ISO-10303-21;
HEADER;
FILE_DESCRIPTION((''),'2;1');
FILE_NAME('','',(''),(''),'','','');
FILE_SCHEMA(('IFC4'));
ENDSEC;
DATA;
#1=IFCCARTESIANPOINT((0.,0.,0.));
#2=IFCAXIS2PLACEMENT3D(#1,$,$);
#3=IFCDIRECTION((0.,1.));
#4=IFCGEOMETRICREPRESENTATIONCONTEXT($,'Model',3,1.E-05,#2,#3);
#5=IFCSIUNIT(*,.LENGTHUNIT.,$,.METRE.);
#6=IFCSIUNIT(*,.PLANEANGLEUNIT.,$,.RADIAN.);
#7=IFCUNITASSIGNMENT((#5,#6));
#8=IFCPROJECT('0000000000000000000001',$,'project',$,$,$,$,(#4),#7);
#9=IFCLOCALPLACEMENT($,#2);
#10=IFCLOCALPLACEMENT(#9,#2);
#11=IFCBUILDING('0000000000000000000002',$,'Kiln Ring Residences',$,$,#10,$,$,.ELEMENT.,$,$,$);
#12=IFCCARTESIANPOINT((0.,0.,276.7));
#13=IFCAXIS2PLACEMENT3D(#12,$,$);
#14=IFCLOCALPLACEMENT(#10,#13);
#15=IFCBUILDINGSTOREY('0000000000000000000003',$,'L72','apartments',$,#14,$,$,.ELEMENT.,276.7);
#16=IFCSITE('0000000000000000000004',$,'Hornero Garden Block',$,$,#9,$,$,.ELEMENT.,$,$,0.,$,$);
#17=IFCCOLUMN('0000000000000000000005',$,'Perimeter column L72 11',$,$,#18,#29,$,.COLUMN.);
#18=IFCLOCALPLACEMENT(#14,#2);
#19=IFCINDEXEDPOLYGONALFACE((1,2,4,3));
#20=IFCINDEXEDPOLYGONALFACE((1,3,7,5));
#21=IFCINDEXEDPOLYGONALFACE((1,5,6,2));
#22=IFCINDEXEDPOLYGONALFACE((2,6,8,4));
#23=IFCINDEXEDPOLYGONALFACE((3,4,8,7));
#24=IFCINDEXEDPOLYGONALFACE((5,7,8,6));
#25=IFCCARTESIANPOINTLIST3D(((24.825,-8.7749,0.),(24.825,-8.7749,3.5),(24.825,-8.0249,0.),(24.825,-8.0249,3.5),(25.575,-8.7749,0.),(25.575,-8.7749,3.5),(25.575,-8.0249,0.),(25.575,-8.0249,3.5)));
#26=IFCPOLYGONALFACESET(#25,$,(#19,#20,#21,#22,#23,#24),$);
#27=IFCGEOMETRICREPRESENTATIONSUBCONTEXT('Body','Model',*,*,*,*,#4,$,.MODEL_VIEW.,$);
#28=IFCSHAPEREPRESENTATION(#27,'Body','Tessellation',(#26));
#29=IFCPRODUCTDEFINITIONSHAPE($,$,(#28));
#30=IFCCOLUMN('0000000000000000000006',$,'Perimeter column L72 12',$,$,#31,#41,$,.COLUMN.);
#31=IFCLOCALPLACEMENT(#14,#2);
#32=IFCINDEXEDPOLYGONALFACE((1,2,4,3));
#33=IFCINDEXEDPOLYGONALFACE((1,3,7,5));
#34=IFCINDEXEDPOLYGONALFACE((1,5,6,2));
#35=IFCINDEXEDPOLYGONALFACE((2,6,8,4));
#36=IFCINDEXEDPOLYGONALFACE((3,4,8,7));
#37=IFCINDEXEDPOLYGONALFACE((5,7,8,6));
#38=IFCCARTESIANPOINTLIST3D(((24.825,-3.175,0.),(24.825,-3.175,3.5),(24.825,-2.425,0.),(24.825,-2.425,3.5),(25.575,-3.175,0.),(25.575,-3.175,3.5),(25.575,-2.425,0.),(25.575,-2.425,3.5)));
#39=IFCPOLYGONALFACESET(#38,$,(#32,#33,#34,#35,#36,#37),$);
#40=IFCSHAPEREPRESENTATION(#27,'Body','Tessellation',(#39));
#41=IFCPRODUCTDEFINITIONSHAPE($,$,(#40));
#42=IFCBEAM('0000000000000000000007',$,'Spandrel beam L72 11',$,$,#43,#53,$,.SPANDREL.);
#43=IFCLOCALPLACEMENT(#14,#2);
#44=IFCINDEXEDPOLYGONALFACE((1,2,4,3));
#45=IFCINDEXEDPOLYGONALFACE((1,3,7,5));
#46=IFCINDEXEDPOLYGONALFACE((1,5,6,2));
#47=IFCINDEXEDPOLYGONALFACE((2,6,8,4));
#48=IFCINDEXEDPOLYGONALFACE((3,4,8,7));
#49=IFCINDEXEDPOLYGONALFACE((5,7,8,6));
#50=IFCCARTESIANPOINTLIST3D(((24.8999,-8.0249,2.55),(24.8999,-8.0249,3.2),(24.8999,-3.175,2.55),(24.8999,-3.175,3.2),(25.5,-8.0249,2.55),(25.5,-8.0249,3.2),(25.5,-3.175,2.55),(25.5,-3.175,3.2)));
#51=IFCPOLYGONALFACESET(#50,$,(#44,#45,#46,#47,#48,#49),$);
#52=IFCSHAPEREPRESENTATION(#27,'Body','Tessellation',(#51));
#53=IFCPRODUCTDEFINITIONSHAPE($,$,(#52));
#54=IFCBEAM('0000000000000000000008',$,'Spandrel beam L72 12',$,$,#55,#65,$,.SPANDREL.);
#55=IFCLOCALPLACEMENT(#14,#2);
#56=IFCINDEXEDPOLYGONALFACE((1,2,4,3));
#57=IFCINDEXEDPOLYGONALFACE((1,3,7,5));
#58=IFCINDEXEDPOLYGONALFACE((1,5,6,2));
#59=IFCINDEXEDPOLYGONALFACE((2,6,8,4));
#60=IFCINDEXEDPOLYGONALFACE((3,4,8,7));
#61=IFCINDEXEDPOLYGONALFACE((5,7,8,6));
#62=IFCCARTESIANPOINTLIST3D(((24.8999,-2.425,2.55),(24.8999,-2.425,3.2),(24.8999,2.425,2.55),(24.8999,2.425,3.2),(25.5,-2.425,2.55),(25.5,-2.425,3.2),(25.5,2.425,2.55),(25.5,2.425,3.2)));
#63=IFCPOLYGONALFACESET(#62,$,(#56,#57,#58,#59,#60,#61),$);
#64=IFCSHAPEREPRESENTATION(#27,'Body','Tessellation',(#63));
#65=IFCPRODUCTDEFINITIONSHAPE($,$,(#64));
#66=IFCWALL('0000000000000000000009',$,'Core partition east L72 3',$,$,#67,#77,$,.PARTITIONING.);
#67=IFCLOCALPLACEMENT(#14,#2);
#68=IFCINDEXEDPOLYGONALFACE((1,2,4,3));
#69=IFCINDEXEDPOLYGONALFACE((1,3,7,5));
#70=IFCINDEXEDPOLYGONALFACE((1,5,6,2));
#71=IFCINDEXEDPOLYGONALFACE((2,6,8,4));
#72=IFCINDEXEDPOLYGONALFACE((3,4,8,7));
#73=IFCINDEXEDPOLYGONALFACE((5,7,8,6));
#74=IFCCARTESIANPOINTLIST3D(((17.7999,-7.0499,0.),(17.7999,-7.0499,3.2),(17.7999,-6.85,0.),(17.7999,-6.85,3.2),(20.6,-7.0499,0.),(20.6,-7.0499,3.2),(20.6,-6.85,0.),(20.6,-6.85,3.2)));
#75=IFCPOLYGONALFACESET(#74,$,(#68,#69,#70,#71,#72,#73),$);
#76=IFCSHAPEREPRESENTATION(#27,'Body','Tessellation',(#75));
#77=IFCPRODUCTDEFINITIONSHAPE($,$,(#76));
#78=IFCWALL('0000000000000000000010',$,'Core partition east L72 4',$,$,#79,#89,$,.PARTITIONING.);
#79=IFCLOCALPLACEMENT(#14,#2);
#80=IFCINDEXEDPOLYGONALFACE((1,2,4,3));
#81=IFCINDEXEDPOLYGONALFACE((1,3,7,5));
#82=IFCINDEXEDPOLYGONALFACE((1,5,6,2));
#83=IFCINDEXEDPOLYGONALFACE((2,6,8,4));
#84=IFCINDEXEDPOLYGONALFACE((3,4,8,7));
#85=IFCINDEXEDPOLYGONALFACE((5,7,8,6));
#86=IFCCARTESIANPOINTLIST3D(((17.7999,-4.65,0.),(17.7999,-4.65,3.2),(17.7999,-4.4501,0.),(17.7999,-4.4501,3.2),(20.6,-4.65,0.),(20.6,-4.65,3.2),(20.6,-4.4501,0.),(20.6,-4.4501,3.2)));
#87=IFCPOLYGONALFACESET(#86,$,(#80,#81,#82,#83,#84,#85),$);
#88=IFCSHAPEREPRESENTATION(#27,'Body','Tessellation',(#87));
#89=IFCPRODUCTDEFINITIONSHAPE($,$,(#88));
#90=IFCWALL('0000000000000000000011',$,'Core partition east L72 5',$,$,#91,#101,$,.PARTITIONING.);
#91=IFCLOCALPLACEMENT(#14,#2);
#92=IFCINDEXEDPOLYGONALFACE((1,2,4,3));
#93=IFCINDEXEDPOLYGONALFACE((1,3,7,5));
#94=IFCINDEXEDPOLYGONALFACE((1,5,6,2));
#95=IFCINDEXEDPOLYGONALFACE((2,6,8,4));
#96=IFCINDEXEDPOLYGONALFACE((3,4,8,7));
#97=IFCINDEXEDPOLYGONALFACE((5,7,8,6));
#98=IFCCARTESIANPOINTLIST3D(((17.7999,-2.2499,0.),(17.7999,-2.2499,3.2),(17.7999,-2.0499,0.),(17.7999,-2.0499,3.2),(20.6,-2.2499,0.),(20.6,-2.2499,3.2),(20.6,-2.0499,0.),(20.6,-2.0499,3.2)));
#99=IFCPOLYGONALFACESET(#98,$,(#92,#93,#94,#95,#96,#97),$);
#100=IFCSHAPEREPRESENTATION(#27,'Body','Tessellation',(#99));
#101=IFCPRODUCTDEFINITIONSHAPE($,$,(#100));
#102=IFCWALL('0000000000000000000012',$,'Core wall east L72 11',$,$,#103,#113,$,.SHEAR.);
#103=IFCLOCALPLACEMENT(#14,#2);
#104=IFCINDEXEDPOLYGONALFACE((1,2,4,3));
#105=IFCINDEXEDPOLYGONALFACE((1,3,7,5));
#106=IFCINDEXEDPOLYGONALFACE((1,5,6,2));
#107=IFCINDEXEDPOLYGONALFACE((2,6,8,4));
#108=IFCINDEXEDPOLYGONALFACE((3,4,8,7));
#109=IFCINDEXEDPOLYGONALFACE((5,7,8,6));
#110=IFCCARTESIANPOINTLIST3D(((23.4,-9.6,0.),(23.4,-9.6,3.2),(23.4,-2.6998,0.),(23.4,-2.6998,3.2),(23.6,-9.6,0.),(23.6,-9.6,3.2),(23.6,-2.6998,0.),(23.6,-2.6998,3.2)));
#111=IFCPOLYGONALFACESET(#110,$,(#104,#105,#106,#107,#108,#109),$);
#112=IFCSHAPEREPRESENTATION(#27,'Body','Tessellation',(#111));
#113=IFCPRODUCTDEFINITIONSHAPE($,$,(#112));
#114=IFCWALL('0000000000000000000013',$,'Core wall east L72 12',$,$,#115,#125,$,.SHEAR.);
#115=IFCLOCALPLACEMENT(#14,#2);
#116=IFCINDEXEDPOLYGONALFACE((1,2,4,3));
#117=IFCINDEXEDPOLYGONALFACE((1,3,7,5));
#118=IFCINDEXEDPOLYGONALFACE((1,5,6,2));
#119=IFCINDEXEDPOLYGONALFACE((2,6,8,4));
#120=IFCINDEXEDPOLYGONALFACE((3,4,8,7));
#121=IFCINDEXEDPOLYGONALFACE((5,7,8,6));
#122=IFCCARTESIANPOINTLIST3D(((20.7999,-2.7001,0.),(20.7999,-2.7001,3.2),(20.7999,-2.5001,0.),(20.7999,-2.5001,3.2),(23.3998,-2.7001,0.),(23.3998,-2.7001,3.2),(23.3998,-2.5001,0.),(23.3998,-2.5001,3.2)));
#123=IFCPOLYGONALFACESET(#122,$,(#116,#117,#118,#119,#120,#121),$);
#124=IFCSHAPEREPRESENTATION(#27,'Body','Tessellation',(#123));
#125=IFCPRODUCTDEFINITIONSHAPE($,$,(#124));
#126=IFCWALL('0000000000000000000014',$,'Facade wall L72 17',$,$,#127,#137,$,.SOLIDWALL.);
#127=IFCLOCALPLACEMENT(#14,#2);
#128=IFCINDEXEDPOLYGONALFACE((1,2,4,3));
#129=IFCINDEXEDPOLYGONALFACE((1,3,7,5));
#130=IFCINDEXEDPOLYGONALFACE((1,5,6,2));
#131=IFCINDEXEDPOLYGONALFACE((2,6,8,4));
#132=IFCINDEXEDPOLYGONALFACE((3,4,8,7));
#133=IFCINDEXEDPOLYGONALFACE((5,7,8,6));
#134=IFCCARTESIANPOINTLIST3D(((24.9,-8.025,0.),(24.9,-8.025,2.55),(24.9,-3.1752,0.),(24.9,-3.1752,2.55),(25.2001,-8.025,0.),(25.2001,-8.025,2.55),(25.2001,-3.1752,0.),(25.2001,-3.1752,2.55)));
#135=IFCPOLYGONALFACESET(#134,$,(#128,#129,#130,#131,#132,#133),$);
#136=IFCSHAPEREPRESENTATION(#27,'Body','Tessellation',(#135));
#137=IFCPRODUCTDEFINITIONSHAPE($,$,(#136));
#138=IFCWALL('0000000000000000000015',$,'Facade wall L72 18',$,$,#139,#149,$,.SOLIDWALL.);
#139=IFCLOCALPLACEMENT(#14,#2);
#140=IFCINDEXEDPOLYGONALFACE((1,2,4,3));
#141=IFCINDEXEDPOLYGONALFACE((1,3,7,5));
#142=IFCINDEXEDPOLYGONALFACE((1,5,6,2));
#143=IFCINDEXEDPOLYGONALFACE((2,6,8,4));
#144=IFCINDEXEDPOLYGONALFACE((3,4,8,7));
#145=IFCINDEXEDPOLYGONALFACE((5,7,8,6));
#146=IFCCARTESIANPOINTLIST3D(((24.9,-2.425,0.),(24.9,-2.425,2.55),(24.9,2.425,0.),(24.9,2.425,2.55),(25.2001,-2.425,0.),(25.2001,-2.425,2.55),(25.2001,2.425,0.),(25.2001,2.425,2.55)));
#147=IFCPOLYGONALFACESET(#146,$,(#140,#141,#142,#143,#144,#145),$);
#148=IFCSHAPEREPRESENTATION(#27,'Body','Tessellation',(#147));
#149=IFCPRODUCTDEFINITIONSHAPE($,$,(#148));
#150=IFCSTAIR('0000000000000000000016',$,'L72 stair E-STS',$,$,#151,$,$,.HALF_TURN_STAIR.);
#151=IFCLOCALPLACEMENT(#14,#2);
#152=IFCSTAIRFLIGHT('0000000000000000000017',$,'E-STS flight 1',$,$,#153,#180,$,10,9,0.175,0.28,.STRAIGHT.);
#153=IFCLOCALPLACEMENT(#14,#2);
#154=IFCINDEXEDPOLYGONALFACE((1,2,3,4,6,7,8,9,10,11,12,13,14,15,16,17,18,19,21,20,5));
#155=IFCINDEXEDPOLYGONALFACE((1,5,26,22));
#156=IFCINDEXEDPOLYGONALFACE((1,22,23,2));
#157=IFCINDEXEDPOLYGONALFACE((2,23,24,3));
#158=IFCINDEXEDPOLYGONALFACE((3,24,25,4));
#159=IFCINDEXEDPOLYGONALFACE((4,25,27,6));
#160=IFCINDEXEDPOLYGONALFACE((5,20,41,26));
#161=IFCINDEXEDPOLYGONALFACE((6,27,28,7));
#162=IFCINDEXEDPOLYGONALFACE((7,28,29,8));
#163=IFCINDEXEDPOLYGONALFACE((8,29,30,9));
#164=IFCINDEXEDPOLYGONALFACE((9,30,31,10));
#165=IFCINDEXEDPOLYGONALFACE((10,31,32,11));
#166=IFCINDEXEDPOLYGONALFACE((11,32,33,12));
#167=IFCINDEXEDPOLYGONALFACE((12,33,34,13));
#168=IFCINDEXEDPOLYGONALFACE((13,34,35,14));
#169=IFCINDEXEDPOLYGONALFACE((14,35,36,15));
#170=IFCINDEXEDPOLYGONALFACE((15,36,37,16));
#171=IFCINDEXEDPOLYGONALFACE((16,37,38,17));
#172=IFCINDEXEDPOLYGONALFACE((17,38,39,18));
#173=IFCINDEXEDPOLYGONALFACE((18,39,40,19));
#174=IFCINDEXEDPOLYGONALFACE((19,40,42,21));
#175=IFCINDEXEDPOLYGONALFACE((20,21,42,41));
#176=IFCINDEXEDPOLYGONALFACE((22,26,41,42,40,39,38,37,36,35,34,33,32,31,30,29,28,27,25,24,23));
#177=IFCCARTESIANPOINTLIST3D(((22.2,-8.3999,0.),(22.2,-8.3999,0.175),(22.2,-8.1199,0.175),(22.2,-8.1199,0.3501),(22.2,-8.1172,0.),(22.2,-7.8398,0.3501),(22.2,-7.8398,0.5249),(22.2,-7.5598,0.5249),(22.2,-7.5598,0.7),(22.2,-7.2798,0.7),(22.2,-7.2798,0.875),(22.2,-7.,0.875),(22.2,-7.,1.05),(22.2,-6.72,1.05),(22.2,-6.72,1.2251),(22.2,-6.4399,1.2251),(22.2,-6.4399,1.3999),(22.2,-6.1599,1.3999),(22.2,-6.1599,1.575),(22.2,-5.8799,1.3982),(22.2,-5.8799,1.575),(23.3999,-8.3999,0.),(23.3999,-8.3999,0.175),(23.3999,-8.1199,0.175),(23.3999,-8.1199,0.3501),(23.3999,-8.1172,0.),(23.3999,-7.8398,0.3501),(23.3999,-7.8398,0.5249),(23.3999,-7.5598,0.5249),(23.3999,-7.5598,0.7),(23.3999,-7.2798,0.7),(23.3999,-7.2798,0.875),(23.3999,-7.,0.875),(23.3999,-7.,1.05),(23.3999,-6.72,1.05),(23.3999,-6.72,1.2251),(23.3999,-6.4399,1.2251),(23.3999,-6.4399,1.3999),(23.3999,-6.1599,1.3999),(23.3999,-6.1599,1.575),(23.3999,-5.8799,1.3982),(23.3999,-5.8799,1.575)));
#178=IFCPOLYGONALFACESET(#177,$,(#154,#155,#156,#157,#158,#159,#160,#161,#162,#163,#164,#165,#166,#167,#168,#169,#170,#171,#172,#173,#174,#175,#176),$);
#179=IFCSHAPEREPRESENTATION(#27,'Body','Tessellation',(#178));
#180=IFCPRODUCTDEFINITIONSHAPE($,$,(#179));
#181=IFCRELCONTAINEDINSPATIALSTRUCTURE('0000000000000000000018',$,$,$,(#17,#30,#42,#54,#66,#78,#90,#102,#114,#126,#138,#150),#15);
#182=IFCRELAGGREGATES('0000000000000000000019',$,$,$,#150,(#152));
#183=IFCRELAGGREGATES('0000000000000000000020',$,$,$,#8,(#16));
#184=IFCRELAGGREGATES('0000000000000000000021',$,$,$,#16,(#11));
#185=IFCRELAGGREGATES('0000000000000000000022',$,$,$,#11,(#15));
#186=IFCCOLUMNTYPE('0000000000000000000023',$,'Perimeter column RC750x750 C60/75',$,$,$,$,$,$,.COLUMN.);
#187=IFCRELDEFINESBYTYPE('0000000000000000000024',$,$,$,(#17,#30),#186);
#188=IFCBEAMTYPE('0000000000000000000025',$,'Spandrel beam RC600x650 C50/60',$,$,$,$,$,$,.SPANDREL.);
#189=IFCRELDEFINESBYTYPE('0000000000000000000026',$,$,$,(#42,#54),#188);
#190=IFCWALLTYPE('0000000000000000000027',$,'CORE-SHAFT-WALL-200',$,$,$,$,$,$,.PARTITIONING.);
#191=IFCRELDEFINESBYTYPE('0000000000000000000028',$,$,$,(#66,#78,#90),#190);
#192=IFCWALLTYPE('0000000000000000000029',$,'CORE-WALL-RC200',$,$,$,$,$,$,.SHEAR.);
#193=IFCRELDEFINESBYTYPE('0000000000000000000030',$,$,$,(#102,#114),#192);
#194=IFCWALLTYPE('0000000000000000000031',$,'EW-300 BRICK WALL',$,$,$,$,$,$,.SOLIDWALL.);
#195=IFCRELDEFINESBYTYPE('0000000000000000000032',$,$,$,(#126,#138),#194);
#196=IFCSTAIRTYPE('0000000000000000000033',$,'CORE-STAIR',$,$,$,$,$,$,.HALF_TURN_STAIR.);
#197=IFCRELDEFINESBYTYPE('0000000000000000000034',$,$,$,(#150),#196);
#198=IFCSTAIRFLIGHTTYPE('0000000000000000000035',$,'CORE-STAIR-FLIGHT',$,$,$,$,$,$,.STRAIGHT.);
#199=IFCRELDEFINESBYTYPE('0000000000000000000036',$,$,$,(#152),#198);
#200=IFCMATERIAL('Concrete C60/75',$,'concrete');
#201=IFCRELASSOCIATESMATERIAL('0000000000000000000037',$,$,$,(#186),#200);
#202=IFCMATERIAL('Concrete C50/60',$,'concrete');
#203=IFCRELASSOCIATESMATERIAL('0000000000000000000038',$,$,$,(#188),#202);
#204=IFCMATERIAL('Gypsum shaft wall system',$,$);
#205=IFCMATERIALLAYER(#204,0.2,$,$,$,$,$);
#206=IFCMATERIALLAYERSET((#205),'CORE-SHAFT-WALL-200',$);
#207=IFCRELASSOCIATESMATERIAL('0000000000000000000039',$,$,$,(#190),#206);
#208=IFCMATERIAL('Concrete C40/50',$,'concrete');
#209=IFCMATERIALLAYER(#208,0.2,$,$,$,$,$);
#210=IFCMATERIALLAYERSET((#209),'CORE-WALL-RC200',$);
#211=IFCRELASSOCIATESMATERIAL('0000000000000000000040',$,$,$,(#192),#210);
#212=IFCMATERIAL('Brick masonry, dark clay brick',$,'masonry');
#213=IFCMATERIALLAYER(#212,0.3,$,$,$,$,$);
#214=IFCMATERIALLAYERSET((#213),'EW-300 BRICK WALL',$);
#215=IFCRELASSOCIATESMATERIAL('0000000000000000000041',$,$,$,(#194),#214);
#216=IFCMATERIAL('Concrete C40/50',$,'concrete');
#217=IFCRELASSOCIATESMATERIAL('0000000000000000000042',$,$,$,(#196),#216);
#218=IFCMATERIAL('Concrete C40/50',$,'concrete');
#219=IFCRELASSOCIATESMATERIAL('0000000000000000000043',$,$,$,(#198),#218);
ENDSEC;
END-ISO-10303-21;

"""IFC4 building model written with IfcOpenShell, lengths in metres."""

from ifc_helpers import new_model, si_unit, direction, frame, frame_2d, origin, origin_2d, place, context, subcontext, project, spatial, polyline, rectangle, outline, extrude, material, layer, layer_set, material_profile, profile_set, type_object, element, aggregate, save


model = new_model("IFC4")

# Units and contexts
model_context = context("Model", 3, precision=1e-05, world=origin(), true_north=direction((0.0, 1.0)))
body_context = subcontext(model_context, "Body", "Model", "MODEL_VIEW")
ifc_project = project(units=[si_unit("LENGTHUNIT", "METRE"), si_unit("PLANEANGLEUNIT", "RADIAN")], contexts=[model_context])

# Site, building, storey
site_placement = place(None, origin())
site = spatial("IfcSite", under=ifc_project, at=site_placement, Name="Hornero Garden Block", CompositionType="ELEMENT", RefElevation=0.0)
building_placement = place(site_placement, origin())
building = spatial("IfcBuilding", under=site, at=building_placement, Name="Kiln Ring Residences", CompositionType="ELEMENT")
storey_placement = place(building_placement, frame((0.0, 0.0, 276.7)))
storey = spatial("IfcBuildingStorey", under=building, at=storey_placement, Name="L72", Description="apartments", CompositionType="ELEMENT", Elevation=276.7)

# Columns
ifc_material_1 = material(Name="Concrete C60/75", Category="concrete")
ifc_material_profile_1 = material_profile(ifc_material_1, rectangle(XDim=0.75, YDim=0.75, at=origin_2d()), Name="RC750x750")
ifc_profile_set_1 = profile_set([ifc_material_profile_1], Name="Concrete C60/75")
column_type = type_object("IfcColumnType", Name="Perimeter column RC750x750 C60/75", PredefinedType="COLUMN", material=ifc_profile_set_1)
for number, where, z_axis, x_axis, name in (
    (1, (25.2, -8.3999, 0.0), (0.0, 0.0, 1.0), (1.0, 0.0, 0.0), "Perimeter column L72 11"),
    (2, (25.2, -2.8, 0.0), (0.0, 0.0, 1.0), (1.0, 0.0, 0.0), "Perimeter column L72 12"),
):
    element("IfcColumn", number, at=place(storey_placement, frame(where, z_axis=z_axis, x_axis=x_axis)), inside=storey, type_object=column_type, Name=name, PredefinedType="COLUMN", context=body_context, shape_type="SweptSolid", body=[
        extrude(rectangle(XDim=0.75, YDim=0.75, at=origin_2d()), origin(), (0.0, 0.0, 1.0), 3.5),
    ])

# Beams
ifc_material_2 = material(Name="Concrete C50/60", Category="concrete")
ifc_material_profile_2 = material_profile(ifc_material_2, rectangle(XDim=0.6001, YDim=0.6499, at=origin_2d()), Name="RC600x650")
ifc_profile_set_2 = profile_set([ifc_material_profile_2], Name="Concrete C50/60")
beam_type = type_object("IfcBeamType", Name="Spandrel beam RC600x650 C50/60", PredefinedType="SPANDREL", material=ifc_profile_set_2)
beam_1_placement = place(storey_placement, frame((25.2, -8.0249, 2.875), z_axis=(0.0, 1.0, 0.0), x_axis=(-1.0, 0.0, 0.0)))
element("IfcBeam", 3, at=beam_1_placement, inside=storey, type_object=beam_type, Name="Spandrel beam L72 11", PredefinedType="SPANDREL", context=body_context, shape_type="SweptSolid", body=[
    extrude(rectangle(XDim=0.6001, YDim=0.6499, at=origin_2d()), origin(), (0.0, 0.0, 1.0), 4.8499),
])
beam_2_placement = place(storey_placement, frame((25.2, -2.425, 2.875), z_axis=(0.0, 1.0, 0.0), x_axis=(-1.0, 0.0, 0.0)))
element("IfcBeam", 4, at=beam_2_placement, inside=storey, type_object=beam_type, Name="Spandrel beam L72 12", PredefinedType="SPANDREL", context=body_context, shape_type="SweptSolid", body=[
    extrude(rectangle(XDim=0.6001, YDim=0.6499, at=origin_2d()), origin(), (0.0, 0.0, 1.0), 4.8501),
])

# Walls
ifc_material_3 = material(Name="Gypsum shaft wall system")
ifc_layer_1 = layer(ifc_material_3, 0.2)
ifc_layer_set_1 = layer_set([ifc_layer_1], Name="CORE-SHAFT-WALL-200")
wall_type_1 = type_object("IfcWallType", Name="CORE-SHAFT-WALL-200", PredefinedType="PARTITIONING", material=ifc_layer_set_1)
for number, where, z_axis, x_axis, name in (
    (5, (17.8, -6.95, 0.0), (0.0, 0.0, 1.0), (1.0, 0.0, 0.0), "Core partition east L72 3"),
    (6, (17.8, -4.55, 0.0), (0.0, 0.0, 1.0), (1.0, 0.0, 0.0), "Core partition east L72 4"),
    (7, (17.8, -2.1499, 0.0), (0.0, 0.0, 1.0), (1.0, 0.0, 0.0), "Core partition east L72 5"),
):
    element("IfcWall", number, at=place(storey_placement, frame(where, z_axis=z_axis, x_axis=x_axis)), inside=storey, type_object=wall_type_1, Name=name, PredefinedType="PARTITIONING", context=body_context, shape_type="SweptSolid", body=[
        extrude(rectangle(XDim=2.8, YDim=0.2, at=frame_2d((1.3999, 0.0))), origin(), (0.0, 0.0, 1.0), 3.2),
    ])
ifc_material_4 = material(Name="Concrete C40/50", Category="concrete")
ifc_layer_2 = layer(ifc_material_4, 0.2)
ifc_layer_set_2 = layer_set([ifc_layer_2], Name="CORE-WALL-RC200")
wall_type_2 = type_object("IfcWallType", Name="CORE-WALL-RC200", PredefinedType="SHEAR", material=ifc_layer_set_2)
wall_1_placement = place(storey_placement, frame((23.5, -9.6001, 0.0), z_axis=(0.0, 0.0, 1.0), x_axis=(0.0, 1.0, 0.0)))
element("IfcWall", 8, at=wall_1_placement, inside=storey, type_object=wall_type_2, Name="Core wall east L72 11", PredefinedType="SHEAR", context=body_context, shape_type="SweptSolid", body=[
    extrude(rectangle(XDim=6.9001, YDim=0.2, at=frame_2d((3.4502, 0.0))), origin(), (0.0, 0.0, 1.0), 3.2),
])
wall_2_placement = place(storey_placement, frame((20.8, -2.6001, 0.0), z_axis=(0.0, 0.0, 1.0), x_axis=(1.0, 0.0, 0.0)))
element("IfcWall", 9, at=wall_2_placement, inside=storey, type_object=wall_type_2, Name="Core wall east L72 12", PredefinedType="SHEAR", context=body_context, shape_type="SweptSolid", body=[
    extrude(rectangle(XDim=2.5999, YDim=0.2, at=frame_2d((1.2998, 0.0))), origin(), (0.0, 0.0, 1.0), 3.2),
])
ifc_material_5 = material(Name="Brick masonry, dark clay brick", Category="masonry")
ifc_layer_3 = layer(ifc_material_5, 0.3)
ifc_layer_set_3 = layer_set([ifc_layer_3], Name="EW-300 BRICK WALL")
wall_type_3 = type_object("IfcWallType", Name="EW-300 BRICK WALL", PredefinedType="SOLIDWALL", material=ifc_layer_set_3)
wall_3_placement = place(storey_placement, frame((25.05, -8.0249, 0.0), z_axis=(0.0, 0.0, 1.0), x_axis=(0.0, 1.0, 0.0)))
element("IfcWall", 10, at=wall_3_placement, inside=storey, type_object=wall_type_3, Name="Facade wall L72 17", PredefinedType="SOLIDWALL", context=body_context, shape_type="SweptSolid", body=[
    extrude(rectangle(XDim=4.8499, YDim=0.3, at=frame_2d((2.4248, 0.0))), origin(), (0.0, 0.0, 1.0), 2.55),
])
wall_4_placement = place(storey_placement, frame((25.05, -2.425, 0.0), z_axis=(0.0, 0.0, 1.0), x_axis=(0.0, 1.0, 0.0)))
element("IfcWall", 11, at=wall_4_placement, inside=storey, type_object=wall_type_3, Name="Facade wall L72 18", PredefinedType="SOLIDWALL", context=body_context, shape_type="SweptSolid", body=[
    extrude(rectangle(XDim=4.8501, YDim=0.3, at=frame_2d((2.425, 0.0))), origin(), (0.0, 0.0, 1.0), 2.55),
])

# Stair, stair flight
ifc_material_6 = material(Name="Concrete C40/50", Category="concrete")
stair_type = type_object("IfcStairType", Name="CORE-STAIR", PredefinedType="HALF_TURN_STAIR", material=ifc_material_6)
stair_placement = place(storey_placement, origin())
stair = element("IfcStair", 12, at=stair_placement, inside=storey, type_object=stair_type, Name="L72 stair E-STS", PredefinedType="HALF_TURN_STAIR")
ifc_material_7 = material(Name="Concrete C40/50", Category="concrete")
stair_flight_type = type_object("IfcStairFlightType", Name="CORE-STAIR-FLIGHT", PredefinedType="STRAIGHT", material=ifc_material_7)
stair_flight_1_placement = place(storey_placement, frame((22.8, -8.3999, 0.0), z_axis=(0.0, 0.0, 1.0), x_axis=(0.0, 1.0, 0.0)))
stair_flight_1 = element("IfcStairFlight", 13, at=stair_flight_1_placement, type_object=stair_flight_type, Name="E-STS flight 1", NumberOfRisers=10, NumberOfTreads=9, PredefinedType="STRAIGHT", RiserHeight=0.175, TreadLength=0.28, context=body_context, shape_type="SweptSolid", body=[
    extrude(outline(polyline([(0.0, 0.0), (0.0, 0.175), (0.28, 0.175), (0.28, 0.3501), (0.5601, 0.3501), (0.5601, 0.5249), (0.8401, 0.5249), (0.8401, 0.7), (1.1201, 0.7), (1.1201, 0.875), (1.3999, 0.875), (1.3999, 1.05), (1.6799, 1.05), (1.6799, 1.2251), (1.96, 1.2251), (1.96, 1.3999), (2.24, 1.3999), (2.24, 1.575), (2.52, 1.575), (2.52, 1.75), (2.52, 1.3982), (0.2827, 0.0), (0.0, 0.0)])), frame((0.0, 0.6001, 0.0), z_axis=(0.0, -1.0, 0.0), x_axis=(1.0, 0.0, 0.0)), (0.0, 0.0, 1.0), 1.2),
])
aggregate(stair, [stair_flight_1])

save(model, "model.ifc")
